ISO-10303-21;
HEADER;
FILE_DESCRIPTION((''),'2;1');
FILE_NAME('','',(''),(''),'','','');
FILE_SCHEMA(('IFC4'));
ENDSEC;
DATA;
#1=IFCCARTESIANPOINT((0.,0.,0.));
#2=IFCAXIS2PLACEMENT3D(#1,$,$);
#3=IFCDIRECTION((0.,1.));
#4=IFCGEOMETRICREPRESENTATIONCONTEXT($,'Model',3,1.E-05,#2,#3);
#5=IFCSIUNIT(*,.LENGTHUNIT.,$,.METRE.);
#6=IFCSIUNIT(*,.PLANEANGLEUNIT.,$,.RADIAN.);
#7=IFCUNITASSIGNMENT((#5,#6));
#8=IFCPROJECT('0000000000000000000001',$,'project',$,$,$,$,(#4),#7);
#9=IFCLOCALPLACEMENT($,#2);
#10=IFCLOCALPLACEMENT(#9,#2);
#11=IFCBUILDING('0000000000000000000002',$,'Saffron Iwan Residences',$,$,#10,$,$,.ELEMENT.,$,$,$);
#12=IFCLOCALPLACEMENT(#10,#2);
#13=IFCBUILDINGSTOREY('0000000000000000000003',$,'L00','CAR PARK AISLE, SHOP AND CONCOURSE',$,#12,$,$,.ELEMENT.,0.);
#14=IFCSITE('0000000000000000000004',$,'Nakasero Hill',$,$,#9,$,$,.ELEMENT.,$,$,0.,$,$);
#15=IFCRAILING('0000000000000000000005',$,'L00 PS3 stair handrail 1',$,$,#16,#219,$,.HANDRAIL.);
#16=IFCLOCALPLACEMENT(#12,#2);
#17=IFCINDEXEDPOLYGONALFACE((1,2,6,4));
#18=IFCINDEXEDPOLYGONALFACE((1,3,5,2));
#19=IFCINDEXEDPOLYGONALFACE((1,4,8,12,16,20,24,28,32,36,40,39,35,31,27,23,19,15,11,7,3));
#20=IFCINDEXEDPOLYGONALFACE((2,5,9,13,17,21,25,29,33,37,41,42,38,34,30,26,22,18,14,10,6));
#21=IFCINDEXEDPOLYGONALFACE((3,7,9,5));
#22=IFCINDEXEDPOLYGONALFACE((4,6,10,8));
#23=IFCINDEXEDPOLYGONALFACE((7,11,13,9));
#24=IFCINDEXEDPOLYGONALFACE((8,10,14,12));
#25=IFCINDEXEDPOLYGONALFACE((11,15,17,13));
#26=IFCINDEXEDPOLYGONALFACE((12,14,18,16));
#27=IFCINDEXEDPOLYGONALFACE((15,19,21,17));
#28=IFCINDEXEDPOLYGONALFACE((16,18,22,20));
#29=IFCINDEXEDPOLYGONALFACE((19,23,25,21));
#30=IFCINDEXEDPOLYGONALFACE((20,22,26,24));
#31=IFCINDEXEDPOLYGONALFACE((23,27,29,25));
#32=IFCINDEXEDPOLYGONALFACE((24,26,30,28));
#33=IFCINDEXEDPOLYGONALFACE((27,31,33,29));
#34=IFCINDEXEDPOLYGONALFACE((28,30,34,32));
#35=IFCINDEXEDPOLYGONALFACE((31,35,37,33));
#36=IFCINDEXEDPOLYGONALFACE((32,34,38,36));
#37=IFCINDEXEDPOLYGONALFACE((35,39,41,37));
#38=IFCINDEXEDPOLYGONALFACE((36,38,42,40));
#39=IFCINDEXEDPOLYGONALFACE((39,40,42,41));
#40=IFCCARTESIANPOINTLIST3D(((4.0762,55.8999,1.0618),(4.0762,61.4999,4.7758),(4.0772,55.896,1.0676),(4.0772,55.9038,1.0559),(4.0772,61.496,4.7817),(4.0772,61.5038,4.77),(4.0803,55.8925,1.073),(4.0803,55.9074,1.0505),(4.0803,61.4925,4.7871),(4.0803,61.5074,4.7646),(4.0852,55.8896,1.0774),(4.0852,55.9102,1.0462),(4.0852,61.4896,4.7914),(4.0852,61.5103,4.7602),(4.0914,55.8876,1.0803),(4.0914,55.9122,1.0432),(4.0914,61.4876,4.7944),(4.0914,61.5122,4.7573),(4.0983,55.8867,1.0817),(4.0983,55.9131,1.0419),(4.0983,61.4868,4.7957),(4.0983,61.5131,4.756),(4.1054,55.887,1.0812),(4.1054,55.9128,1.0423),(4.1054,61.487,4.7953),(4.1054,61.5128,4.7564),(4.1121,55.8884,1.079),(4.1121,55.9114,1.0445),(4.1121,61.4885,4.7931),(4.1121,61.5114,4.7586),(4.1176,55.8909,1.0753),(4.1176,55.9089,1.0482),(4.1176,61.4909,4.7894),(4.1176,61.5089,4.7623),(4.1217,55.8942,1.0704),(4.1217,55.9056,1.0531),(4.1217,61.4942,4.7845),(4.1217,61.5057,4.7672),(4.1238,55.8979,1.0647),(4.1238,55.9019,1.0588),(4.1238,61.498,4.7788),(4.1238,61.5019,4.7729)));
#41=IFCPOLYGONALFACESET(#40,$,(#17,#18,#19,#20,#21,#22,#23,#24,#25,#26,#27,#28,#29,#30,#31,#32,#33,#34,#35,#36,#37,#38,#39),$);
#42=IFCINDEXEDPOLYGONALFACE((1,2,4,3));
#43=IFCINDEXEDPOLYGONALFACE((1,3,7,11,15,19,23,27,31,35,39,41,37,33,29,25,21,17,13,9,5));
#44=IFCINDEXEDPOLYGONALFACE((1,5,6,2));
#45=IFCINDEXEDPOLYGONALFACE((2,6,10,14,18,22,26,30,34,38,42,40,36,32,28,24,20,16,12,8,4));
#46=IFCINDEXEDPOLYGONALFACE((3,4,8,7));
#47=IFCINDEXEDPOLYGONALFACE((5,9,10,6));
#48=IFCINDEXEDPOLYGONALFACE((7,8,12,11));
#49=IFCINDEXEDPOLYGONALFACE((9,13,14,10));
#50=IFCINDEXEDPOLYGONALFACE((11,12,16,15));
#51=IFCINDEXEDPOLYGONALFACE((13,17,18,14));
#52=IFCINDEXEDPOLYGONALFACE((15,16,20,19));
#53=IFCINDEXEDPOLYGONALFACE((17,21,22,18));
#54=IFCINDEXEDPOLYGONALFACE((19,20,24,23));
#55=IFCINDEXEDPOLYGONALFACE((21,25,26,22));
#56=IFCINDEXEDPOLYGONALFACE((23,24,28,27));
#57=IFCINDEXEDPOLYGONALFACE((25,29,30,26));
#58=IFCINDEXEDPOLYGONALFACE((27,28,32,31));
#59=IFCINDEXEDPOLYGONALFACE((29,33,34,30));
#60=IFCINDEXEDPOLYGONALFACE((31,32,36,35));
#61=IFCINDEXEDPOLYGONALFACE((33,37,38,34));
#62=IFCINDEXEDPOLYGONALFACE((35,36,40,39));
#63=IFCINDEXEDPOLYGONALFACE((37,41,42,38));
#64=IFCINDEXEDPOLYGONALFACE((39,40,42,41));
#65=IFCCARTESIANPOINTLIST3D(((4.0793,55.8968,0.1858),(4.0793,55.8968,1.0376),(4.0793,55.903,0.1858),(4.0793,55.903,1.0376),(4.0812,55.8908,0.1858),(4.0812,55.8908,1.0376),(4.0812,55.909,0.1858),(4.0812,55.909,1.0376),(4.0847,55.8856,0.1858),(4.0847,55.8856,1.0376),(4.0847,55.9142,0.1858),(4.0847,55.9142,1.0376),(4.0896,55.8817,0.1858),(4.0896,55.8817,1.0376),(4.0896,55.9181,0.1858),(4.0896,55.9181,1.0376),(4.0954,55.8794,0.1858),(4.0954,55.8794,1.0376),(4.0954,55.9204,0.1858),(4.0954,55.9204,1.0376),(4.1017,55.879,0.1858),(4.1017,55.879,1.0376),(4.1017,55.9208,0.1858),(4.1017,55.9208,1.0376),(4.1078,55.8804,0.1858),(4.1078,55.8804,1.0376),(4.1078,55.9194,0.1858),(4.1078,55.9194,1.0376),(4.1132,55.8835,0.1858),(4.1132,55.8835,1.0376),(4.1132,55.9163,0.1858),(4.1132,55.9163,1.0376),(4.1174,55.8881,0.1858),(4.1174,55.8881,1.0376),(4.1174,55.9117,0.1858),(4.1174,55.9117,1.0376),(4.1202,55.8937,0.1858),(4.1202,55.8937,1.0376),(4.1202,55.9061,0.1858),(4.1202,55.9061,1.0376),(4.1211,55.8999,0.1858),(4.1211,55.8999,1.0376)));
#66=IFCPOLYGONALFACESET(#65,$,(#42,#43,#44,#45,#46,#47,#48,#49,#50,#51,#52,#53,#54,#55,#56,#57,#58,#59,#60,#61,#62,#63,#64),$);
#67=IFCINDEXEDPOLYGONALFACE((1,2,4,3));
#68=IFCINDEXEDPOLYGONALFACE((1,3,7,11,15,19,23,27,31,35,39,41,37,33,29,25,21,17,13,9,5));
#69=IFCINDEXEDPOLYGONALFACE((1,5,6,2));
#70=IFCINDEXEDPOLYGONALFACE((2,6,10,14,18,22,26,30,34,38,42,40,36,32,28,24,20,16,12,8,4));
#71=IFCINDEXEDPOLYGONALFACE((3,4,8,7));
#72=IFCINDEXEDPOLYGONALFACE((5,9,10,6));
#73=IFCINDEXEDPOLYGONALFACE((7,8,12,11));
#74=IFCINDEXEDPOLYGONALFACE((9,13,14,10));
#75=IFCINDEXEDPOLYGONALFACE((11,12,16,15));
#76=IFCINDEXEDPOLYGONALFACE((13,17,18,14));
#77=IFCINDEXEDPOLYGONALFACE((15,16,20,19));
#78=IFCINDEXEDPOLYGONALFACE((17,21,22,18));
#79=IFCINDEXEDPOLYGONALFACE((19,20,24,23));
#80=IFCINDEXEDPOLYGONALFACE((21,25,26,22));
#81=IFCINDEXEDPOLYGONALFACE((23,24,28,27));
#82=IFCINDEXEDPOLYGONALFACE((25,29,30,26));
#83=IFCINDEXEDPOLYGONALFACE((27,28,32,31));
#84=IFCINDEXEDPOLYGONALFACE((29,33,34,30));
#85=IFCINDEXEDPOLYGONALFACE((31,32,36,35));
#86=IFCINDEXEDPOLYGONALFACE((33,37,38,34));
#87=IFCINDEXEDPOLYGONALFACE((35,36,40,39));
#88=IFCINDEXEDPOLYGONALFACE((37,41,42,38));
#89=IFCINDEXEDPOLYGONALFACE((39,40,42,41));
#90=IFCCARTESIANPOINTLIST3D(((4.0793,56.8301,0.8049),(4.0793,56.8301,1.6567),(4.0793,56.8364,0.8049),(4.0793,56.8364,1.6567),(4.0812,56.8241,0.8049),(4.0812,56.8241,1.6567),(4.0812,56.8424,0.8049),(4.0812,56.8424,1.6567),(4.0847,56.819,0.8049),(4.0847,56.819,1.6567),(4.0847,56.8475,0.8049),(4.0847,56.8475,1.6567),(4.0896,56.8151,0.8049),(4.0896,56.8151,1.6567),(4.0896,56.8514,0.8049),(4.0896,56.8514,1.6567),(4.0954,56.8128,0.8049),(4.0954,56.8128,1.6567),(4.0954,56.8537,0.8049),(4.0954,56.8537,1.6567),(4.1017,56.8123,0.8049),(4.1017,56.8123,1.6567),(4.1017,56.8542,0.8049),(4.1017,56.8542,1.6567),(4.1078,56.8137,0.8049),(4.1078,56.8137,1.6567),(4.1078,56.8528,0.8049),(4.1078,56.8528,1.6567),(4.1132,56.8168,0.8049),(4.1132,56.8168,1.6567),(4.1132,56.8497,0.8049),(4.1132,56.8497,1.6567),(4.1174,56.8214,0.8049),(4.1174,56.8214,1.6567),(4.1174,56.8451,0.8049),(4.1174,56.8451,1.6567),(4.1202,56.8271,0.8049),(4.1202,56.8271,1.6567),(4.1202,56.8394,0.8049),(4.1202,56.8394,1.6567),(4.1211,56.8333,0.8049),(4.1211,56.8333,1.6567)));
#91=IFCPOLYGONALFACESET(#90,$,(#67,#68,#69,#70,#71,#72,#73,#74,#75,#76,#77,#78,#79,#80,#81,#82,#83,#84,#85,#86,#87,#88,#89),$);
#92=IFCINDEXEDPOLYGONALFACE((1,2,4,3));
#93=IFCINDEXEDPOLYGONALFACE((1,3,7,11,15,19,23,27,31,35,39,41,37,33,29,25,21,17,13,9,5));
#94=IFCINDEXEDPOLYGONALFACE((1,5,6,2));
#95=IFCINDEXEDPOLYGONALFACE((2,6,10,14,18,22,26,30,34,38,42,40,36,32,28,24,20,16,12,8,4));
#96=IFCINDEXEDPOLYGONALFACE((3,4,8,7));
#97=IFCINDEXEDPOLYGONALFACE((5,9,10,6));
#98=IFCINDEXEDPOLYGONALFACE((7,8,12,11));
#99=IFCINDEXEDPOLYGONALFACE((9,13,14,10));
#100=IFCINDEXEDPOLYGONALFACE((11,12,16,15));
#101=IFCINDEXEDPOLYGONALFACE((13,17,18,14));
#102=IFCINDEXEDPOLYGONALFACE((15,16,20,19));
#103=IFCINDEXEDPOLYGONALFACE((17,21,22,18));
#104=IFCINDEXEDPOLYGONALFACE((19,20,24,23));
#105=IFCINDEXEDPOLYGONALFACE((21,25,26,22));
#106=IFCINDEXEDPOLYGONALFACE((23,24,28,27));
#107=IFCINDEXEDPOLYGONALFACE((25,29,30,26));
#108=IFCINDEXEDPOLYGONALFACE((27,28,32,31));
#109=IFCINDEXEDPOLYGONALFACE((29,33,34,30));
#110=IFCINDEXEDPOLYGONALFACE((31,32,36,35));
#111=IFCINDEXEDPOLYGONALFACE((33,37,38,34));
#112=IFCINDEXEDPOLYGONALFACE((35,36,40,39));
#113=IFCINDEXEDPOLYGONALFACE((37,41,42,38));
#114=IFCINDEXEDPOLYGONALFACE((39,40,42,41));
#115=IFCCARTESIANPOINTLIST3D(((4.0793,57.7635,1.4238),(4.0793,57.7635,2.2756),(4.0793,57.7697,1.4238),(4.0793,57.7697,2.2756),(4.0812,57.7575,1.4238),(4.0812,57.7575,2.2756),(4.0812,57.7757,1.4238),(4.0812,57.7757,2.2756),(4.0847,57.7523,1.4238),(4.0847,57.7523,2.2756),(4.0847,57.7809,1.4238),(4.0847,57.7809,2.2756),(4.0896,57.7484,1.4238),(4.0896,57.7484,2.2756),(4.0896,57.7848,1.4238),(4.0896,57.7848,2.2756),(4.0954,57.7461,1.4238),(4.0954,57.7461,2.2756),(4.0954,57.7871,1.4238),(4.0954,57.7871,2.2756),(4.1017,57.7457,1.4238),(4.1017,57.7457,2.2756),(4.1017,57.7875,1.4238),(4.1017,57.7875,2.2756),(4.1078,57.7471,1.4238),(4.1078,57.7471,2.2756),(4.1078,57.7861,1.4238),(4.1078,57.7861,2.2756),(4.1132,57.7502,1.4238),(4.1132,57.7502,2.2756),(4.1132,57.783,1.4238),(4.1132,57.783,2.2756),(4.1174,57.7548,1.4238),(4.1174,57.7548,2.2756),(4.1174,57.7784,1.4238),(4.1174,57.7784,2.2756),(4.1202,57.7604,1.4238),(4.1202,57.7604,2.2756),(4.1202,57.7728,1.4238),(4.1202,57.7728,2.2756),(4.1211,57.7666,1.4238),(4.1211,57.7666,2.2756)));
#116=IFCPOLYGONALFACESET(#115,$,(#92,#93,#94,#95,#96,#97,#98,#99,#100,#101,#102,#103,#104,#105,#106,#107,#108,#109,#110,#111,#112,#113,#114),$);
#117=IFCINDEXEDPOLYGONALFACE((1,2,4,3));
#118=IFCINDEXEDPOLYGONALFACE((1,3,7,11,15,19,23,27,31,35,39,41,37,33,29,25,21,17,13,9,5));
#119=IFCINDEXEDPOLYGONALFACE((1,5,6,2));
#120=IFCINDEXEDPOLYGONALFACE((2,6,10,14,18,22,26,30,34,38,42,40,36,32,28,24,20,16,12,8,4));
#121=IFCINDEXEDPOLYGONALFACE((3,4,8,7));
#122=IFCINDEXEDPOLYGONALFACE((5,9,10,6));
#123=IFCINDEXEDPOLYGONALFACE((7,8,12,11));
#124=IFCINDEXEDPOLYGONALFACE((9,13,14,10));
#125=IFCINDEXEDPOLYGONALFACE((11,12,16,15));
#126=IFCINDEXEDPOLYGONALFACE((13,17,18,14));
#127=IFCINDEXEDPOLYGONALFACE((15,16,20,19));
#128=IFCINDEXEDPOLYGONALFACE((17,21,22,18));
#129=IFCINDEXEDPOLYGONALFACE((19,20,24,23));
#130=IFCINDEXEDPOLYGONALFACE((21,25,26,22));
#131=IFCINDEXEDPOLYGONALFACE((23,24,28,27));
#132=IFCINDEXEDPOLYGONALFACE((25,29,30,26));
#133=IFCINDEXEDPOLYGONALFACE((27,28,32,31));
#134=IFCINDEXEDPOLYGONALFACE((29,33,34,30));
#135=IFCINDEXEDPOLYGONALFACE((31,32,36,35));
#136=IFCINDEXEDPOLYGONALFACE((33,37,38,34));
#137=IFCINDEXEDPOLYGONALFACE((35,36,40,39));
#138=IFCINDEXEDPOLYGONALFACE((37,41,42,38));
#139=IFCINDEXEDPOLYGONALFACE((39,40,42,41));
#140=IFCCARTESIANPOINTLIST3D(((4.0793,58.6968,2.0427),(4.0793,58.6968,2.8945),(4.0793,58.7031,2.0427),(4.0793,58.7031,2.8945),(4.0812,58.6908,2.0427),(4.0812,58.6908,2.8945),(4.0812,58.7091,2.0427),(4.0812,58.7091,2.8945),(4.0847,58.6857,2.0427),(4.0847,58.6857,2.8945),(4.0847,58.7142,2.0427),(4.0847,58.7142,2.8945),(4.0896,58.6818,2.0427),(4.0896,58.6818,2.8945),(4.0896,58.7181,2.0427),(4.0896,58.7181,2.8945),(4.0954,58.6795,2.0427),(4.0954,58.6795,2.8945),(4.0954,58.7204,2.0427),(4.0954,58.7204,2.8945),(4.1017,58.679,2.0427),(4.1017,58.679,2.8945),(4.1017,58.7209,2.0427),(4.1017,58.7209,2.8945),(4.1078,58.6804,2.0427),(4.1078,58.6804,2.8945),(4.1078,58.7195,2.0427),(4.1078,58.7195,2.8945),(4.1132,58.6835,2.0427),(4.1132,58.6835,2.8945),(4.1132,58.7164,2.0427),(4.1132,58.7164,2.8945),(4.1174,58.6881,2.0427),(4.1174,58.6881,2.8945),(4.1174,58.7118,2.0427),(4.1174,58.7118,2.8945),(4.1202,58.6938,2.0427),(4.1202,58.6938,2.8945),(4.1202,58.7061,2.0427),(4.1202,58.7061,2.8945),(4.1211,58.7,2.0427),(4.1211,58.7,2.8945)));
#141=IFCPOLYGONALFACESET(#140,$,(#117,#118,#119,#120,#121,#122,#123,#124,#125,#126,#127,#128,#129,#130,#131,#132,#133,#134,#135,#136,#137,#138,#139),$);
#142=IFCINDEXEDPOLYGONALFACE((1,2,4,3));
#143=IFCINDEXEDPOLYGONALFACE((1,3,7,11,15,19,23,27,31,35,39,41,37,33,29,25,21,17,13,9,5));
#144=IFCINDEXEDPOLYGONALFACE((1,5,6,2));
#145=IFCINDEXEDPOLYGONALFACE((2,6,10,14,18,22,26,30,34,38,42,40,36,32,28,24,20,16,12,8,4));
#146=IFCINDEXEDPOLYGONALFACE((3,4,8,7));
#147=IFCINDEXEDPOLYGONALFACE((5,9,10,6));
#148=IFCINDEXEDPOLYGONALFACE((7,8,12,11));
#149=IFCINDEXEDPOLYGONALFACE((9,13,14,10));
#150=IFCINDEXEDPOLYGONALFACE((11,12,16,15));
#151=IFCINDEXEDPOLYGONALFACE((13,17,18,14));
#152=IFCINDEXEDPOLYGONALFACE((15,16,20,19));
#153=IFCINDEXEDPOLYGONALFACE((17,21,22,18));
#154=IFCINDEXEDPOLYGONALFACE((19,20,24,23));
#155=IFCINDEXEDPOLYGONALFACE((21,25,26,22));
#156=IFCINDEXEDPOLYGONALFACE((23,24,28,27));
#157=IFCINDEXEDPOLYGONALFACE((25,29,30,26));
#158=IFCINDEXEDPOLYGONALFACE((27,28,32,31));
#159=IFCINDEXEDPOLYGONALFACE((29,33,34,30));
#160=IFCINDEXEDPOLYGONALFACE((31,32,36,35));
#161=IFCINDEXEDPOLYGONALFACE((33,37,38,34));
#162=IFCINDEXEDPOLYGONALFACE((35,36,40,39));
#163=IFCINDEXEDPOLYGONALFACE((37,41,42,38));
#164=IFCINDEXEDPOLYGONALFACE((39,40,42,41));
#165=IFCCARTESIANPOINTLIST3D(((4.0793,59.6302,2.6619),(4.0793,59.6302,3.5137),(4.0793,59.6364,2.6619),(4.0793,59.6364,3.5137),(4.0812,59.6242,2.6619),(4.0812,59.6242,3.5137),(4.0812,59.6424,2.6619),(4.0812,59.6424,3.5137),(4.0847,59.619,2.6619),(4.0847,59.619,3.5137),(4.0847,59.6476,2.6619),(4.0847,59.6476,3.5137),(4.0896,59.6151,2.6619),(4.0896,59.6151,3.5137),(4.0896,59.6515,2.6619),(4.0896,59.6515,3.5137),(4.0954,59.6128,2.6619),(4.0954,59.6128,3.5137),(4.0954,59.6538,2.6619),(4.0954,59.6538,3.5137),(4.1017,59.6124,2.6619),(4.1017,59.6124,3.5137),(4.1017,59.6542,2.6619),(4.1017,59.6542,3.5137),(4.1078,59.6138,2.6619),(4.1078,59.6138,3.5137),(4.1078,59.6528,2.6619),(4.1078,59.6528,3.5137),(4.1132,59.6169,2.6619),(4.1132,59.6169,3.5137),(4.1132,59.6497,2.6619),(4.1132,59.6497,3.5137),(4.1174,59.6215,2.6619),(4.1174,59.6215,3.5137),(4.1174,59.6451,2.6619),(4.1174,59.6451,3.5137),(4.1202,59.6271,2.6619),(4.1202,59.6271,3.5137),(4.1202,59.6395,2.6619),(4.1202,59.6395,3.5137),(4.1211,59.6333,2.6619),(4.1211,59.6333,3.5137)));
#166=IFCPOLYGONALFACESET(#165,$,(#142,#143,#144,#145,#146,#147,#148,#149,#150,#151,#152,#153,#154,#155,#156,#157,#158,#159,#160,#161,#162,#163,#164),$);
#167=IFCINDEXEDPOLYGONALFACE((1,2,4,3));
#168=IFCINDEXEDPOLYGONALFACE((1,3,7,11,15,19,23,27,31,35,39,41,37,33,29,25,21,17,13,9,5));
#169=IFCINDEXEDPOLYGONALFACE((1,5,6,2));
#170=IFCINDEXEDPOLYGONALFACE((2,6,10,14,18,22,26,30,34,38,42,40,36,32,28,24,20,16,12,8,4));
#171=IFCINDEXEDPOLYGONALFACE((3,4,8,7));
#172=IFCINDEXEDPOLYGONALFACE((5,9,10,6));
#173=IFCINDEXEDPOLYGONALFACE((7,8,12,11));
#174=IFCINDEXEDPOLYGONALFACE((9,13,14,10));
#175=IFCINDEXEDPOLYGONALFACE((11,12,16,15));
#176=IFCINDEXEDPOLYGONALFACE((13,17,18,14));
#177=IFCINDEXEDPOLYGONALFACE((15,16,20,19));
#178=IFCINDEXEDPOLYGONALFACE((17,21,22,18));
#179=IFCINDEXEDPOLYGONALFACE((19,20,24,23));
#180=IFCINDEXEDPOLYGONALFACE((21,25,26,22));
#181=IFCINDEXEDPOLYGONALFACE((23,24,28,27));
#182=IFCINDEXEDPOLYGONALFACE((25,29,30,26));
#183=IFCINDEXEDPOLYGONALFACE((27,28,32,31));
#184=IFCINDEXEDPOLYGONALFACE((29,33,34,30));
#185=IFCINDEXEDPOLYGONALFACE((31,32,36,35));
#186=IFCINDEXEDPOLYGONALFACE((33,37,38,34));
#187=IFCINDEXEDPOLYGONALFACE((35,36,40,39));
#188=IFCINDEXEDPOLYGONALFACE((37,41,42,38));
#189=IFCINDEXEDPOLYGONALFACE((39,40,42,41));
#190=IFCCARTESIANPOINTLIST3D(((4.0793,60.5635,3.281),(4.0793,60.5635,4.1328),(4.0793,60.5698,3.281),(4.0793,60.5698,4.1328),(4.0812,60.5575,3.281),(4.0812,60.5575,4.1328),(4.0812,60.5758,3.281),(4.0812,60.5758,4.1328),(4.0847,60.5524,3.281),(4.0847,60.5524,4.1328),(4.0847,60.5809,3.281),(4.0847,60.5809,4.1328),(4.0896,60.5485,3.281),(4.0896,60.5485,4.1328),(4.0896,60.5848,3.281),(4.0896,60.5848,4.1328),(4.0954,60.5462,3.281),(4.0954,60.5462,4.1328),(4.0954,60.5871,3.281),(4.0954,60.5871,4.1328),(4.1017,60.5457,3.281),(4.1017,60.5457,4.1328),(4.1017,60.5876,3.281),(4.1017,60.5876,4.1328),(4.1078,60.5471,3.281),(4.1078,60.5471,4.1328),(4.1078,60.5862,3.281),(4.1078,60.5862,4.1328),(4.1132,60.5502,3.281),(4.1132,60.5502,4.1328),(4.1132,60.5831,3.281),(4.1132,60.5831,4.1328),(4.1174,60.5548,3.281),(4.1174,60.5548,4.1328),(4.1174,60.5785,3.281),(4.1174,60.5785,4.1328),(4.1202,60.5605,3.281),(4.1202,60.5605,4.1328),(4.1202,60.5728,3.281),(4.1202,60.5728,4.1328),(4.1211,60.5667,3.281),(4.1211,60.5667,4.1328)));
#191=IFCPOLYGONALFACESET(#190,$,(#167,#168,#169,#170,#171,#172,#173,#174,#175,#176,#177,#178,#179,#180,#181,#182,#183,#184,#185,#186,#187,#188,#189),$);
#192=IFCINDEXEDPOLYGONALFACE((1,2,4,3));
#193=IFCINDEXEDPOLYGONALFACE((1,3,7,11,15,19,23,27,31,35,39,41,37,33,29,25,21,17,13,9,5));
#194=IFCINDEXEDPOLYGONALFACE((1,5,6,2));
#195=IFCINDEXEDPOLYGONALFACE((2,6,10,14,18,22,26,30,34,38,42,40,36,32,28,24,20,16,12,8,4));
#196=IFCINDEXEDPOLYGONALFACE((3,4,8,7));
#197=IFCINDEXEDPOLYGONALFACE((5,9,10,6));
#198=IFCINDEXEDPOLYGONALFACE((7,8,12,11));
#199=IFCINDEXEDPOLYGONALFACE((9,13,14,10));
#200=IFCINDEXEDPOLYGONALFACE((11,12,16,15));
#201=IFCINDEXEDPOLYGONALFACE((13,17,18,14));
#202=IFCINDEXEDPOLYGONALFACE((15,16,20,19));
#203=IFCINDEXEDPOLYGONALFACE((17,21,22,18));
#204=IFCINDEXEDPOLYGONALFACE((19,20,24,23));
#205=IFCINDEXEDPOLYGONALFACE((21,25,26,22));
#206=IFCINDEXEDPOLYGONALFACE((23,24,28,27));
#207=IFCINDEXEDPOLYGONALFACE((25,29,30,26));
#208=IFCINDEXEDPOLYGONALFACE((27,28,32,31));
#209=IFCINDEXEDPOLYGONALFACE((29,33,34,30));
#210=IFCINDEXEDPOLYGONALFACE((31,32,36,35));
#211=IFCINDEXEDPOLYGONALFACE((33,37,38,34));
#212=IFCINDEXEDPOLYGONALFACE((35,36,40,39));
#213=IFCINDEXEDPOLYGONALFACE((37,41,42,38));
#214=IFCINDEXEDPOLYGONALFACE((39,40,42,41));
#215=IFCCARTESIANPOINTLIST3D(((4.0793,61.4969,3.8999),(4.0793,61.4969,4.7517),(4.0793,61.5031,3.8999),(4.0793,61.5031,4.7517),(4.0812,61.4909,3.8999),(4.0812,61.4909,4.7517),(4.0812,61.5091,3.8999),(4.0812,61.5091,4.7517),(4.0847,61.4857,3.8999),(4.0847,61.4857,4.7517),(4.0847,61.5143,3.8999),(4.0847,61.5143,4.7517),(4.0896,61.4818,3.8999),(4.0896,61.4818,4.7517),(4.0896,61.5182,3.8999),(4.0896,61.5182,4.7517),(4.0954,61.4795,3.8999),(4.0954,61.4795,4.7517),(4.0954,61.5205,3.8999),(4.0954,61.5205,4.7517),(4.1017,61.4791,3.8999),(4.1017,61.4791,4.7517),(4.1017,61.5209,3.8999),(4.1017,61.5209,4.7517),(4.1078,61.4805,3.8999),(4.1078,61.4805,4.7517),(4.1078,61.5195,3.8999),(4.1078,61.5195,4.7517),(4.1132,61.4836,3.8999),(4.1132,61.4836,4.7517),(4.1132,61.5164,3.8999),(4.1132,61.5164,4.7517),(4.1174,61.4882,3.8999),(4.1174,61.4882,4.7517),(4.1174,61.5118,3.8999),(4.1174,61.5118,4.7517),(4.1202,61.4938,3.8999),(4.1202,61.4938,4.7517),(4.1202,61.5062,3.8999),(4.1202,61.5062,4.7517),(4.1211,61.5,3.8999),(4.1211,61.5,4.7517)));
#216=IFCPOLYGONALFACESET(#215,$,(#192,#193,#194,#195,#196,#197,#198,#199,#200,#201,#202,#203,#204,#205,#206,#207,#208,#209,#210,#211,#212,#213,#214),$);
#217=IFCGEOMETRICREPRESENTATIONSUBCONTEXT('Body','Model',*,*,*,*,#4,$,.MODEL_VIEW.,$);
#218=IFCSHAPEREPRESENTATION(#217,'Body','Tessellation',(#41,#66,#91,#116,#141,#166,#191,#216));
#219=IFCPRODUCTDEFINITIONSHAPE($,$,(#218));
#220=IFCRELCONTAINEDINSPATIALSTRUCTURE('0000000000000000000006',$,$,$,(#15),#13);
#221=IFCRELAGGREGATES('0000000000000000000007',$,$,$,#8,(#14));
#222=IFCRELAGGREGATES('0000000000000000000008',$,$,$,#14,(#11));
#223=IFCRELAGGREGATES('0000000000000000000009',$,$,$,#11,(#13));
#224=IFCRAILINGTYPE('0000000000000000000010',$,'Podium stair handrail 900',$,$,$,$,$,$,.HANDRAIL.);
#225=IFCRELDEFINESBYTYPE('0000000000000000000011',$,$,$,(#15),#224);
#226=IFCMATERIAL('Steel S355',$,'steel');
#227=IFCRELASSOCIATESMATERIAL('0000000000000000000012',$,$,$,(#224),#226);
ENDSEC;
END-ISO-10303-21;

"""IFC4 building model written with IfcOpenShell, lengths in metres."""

from ifc_helpers import new_model, si_unit, direction, frame, origin, origin_2d, place, context, subcontext, project, spatial, circle, extrude, material, type_object, element, save


model = new_model("IFC4")

# Units and contexts
model_context = context("Model", 3, precision=1e-05, world=origin(), true_north=direction((0.0, 1.0)))
body_context = subcontext(model_context, "Body", "Model", "MODEL_VIEW")
ifc_project = project(units=[si_unit("LENGTHUNIT", "METRE"), si_unit("PLANEANGLEUNIT", "RADIAN")], contexts=[model_context])

# Site, building, storey
site_placement = place(None, origin())
site = spatial("IfcSite", under=ifc_project, at=site_placement, Name="Nakasero Hill", CompositionType="ELEMENT", RefElevation=0.0)
building_placement = place(site_placement, origin())
building = spatial("IfcBuilding", under=site, at=building_placement, Name="Saffron Iwan Residences", CompositionType="ELEMENT")
storey_placement = place(building_placement, origin())
storey = spatial("IfcBuildingStorey", under=building, at=storey_placement, Name="L00", Description="CAR PARK AISLE, SHOP AND CONCOURSE", CompositionType="ELEMENT", Elevation=0.0)

# Railing
ifc_material_1 = material(Name="Steel S355", Category="steel")
railing_type_1 = type_object("IfcRailingType", Name="Podium stair handrail 900", PredefinedType="HANDRAIL", material=ifc_material_1)
railing_1_placement = place(storey_placement, frame((4.1001, 55.8999, 0.1858)))
element("IfcRailing", 1, at=railing_1_placement, inside=storey, type_object=railing_type_1, Name="L00 PS3 stair handrail 1", PredefinedType="HANDRAIL", context=body_context, shape_type="SweptSolid", body=[
    extrude(circle(Radius=0.0239, at=origin_2d()), frame((0.0, 0.0, 0.876), z_axis=(0.0, 0.833373, 0.552712), x_axis=(-1.0, 0.0, 0.0)), (0.0, 0.0, 1.0), 6.7197),
    extrude(circle(Radius=0.021, at=origin_2d()), origin(), (0.0, 0.0, 1.0), 0.8518),
    extrude(circle(Radius=0.021, at=origin_2d()), frame((0.0, 0.9333, 0.6191)), (0.0, 0.0, 1.0), 0.8518),
    extrude(circle(Radius=0.021, at=origin_2d()), frame((0.0, 1.8667, 1.238)), (0.0, 0.0, 1.0), 0.8518),
    extrude(circle(Radius=0.021, at=origin_2d()), frame((0.0, 2.8, 1.8569)), (0.0, 0.0, 1.0), 0.8518),
    extrude(circle(Radius=0.021, at=origin_2d()), frame((0.0, 3.7334, 2.4761)), (0.0, 0.0, 1.0), 0.8518),
    extrude(circle(Radius=0.021, at=origin_2d()), frame((0.0, 4.6667, 3.0952)), (0.0, 0.0, 1.0), 0.8518),
    extrude(circle(Radius=0.021, at=origin_2d()), frame((0.0, 5.6001, 3.7141)), (0.0, 0.0, 1.0), 0.8518),
])

save(model, "model.ifc")
